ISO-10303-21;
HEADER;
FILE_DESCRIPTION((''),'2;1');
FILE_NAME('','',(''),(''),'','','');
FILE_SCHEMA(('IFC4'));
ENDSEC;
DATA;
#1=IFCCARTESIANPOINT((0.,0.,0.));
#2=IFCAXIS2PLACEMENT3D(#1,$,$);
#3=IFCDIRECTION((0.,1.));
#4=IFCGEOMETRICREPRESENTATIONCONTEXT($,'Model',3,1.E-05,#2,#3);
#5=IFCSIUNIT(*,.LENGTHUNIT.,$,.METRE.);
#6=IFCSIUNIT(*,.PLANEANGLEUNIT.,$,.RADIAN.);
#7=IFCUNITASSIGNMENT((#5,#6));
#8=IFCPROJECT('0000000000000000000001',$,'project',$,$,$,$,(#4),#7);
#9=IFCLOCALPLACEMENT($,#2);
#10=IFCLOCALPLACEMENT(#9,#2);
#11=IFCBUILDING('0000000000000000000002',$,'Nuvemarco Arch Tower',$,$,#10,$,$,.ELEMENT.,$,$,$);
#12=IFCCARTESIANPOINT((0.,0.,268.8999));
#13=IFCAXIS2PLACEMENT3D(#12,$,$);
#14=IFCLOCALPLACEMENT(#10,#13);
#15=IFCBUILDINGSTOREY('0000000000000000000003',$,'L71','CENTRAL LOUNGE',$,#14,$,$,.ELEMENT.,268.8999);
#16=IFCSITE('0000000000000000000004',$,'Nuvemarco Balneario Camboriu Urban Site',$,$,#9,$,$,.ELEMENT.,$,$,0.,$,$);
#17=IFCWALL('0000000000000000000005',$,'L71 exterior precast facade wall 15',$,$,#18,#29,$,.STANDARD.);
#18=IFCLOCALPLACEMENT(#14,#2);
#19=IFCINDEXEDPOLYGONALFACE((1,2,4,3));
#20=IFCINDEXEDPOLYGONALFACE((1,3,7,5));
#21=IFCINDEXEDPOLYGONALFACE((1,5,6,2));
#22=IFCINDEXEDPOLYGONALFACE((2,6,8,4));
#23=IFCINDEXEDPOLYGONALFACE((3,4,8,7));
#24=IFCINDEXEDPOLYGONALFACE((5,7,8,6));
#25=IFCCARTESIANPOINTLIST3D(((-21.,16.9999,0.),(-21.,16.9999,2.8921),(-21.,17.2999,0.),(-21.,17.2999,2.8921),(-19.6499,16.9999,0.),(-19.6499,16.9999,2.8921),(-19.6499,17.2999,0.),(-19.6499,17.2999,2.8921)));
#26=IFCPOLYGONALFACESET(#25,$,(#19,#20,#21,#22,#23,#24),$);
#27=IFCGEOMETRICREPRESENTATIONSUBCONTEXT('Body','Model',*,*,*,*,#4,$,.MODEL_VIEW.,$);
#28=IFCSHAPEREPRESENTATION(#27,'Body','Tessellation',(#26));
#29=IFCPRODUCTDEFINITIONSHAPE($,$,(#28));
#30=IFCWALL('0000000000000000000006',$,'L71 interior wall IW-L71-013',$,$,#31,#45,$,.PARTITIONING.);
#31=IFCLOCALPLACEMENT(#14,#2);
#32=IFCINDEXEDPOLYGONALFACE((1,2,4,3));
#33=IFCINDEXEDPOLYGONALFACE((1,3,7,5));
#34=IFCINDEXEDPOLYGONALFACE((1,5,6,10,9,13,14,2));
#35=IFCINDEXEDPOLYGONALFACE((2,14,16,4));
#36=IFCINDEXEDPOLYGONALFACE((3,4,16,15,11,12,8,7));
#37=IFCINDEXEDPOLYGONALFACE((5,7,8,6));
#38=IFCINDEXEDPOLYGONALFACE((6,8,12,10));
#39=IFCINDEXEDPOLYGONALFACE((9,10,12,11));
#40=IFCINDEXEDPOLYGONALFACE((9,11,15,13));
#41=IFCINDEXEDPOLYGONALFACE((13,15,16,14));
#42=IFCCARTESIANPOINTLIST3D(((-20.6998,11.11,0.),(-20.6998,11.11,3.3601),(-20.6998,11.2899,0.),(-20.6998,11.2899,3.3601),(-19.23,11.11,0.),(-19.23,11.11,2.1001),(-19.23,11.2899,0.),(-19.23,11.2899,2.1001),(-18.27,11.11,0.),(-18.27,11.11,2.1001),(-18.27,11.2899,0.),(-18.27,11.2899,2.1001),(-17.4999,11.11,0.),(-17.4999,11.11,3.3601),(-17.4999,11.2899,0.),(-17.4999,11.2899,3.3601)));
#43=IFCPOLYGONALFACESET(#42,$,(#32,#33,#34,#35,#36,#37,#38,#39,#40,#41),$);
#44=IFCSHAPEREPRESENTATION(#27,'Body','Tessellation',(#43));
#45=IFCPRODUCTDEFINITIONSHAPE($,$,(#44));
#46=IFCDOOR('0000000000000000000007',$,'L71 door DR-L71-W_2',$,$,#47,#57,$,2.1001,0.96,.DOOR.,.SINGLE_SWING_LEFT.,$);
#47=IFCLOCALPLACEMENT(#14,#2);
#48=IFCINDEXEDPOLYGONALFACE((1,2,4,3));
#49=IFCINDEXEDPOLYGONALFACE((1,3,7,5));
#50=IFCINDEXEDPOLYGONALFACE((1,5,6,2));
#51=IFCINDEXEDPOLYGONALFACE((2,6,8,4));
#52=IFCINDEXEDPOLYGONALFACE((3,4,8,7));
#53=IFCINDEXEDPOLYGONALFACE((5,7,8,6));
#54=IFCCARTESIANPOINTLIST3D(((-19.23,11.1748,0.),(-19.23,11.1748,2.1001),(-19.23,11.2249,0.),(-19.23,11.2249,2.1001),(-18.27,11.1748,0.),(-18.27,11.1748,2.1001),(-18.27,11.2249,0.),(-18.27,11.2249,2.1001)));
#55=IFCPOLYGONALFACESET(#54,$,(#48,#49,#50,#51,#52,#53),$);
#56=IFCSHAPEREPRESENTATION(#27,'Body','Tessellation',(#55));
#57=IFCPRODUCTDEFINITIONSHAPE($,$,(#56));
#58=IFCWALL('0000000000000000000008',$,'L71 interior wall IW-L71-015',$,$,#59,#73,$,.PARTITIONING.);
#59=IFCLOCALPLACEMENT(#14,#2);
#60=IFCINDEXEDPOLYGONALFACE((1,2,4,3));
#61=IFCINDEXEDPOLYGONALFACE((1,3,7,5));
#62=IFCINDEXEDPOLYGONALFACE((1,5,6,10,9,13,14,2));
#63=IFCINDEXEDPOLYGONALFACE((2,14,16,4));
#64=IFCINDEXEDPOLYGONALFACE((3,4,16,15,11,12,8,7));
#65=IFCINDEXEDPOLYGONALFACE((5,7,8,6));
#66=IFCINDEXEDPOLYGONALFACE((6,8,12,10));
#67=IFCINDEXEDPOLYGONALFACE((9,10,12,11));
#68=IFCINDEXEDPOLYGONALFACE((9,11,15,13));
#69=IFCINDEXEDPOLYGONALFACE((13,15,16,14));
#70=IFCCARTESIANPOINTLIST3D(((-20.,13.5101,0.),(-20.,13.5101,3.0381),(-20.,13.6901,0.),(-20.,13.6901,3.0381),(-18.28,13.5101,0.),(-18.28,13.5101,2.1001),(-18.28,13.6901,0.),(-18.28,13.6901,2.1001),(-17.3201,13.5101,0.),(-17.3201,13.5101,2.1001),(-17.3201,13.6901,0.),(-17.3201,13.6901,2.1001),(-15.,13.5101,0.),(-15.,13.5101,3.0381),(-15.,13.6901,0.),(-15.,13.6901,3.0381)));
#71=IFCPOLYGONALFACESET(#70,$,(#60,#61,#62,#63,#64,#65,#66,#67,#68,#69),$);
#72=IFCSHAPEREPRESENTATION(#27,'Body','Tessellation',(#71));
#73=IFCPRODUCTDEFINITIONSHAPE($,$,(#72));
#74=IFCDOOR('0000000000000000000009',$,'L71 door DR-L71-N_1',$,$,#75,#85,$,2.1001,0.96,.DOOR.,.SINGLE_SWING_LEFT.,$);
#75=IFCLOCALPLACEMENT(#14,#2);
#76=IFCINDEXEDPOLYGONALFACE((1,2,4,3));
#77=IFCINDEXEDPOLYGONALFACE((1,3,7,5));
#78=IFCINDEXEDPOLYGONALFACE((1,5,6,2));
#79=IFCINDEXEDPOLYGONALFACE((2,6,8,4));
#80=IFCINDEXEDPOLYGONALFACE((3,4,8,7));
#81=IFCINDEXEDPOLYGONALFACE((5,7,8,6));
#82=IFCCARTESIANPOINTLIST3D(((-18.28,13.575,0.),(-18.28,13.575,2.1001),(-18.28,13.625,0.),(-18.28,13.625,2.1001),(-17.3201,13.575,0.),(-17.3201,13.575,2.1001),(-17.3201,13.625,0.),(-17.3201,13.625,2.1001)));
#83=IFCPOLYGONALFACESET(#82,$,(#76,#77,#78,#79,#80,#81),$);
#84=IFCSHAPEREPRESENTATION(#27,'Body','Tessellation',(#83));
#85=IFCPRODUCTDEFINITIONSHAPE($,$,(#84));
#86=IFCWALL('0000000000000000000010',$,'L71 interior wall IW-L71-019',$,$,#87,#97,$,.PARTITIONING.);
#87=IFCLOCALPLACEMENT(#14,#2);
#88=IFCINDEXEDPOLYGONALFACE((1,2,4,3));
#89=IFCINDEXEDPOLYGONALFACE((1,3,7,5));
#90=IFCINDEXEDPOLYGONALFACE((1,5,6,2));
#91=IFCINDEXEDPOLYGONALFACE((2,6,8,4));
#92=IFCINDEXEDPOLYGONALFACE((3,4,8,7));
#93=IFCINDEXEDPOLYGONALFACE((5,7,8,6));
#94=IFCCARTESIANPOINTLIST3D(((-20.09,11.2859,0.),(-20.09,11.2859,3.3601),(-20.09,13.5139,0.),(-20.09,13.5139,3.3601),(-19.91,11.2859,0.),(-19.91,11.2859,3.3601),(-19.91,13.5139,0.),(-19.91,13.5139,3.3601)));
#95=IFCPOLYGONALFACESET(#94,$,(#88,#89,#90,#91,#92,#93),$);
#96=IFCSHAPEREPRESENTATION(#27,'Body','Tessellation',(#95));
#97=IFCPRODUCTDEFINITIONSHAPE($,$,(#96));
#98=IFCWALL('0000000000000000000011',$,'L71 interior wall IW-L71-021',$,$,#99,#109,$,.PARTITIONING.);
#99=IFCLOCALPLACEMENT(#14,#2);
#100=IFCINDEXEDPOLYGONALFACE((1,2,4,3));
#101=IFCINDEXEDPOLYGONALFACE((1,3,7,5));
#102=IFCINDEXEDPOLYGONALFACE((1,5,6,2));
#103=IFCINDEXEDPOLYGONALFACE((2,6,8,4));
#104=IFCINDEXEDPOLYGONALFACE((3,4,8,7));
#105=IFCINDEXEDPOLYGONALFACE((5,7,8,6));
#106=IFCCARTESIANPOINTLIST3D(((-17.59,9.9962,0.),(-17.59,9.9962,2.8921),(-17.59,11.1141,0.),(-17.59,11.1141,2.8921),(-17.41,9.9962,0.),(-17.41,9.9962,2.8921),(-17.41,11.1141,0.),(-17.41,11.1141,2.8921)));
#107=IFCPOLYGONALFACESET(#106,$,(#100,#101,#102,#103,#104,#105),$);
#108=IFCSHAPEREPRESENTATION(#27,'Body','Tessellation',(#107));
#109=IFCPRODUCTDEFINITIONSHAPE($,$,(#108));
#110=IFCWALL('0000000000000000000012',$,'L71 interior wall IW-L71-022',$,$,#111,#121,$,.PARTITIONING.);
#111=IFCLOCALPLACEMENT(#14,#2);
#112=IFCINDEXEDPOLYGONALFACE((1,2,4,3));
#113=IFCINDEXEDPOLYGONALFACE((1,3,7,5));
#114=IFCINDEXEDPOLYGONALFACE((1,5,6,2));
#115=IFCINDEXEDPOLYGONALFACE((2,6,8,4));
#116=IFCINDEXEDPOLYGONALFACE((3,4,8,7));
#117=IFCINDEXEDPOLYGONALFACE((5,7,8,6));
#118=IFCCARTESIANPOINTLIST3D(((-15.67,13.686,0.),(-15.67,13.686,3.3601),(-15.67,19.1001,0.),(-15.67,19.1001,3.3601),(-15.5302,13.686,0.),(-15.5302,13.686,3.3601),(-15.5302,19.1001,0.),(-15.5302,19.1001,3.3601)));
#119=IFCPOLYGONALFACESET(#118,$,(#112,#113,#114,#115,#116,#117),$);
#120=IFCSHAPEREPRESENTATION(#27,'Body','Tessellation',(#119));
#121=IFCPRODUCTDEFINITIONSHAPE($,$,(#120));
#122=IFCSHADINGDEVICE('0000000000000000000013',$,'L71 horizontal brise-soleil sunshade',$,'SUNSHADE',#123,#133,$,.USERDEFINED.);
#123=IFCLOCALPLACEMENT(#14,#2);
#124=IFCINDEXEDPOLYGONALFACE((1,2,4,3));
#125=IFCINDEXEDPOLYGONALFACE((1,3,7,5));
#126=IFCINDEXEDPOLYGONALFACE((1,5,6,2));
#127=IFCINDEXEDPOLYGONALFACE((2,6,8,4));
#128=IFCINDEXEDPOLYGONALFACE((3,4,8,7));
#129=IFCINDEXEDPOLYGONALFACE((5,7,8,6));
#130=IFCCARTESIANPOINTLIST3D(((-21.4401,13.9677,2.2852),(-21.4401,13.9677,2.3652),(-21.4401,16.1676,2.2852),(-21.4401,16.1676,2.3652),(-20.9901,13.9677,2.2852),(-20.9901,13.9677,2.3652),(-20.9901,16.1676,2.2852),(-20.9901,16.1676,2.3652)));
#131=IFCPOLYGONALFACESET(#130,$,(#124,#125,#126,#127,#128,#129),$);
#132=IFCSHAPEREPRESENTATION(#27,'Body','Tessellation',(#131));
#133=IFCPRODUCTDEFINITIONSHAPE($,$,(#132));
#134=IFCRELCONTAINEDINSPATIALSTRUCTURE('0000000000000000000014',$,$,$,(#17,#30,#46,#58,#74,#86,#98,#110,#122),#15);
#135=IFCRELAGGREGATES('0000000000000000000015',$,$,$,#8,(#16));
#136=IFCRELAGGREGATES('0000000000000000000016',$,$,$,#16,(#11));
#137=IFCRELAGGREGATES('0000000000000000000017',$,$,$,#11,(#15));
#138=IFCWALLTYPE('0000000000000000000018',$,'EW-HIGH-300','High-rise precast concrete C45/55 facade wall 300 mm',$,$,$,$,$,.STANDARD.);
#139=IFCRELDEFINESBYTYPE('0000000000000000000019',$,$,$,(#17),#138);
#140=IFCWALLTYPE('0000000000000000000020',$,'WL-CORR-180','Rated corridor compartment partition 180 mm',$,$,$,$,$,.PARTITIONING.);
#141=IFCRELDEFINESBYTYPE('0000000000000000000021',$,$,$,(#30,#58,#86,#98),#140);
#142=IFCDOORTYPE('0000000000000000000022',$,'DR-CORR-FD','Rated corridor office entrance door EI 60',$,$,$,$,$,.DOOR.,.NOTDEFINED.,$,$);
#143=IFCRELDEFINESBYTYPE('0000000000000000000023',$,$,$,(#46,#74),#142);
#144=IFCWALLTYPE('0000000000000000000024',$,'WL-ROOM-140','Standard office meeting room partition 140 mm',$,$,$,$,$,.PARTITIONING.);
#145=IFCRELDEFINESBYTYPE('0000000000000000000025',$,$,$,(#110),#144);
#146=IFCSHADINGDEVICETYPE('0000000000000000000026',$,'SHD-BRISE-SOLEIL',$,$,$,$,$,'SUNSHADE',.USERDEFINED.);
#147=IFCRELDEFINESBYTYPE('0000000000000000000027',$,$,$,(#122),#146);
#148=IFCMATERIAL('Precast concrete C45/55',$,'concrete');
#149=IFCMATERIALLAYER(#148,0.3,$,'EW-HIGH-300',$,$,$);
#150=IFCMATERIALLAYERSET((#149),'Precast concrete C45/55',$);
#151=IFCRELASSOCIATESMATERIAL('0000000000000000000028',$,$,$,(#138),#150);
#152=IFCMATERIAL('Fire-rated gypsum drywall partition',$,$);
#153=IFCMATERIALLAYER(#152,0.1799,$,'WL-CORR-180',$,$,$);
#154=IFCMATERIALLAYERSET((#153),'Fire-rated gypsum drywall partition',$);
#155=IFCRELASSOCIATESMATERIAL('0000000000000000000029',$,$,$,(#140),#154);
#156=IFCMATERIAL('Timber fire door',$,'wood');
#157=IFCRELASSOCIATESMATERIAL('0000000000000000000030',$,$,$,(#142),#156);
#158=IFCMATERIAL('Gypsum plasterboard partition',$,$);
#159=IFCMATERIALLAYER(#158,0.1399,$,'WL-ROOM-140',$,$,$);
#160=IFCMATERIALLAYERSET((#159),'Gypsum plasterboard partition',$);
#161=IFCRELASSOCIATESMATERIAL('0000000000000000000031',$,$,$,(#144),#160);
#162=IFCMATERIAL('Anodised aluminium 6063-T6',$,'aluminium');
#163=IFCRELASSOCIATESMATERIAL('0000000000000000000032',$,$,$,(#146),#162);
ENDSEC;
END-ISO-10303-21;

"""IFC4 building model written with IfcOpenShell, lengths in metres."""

from ifc_helpers import new_model, si_unit, direction, frame, frame_2d, origin, origin_2d, place, context, subcontext, project, spatial, rectangle, extrude, source, transform, mapped, material, layer, layer_set, type_object, type_shapes, element, fill, save


model = new_model("IFC4")

# Units and contexts
model_context = context("Model", 3, precision=1e-05, world=origin(), true_north=direction((0.0, 1.0)))
body_context = subcontext(model_context, "Body", "Model", "MODEL_VIEW")
ifc_project = project(units=[si_unit("LENGTHUNIT", "METRE"), si_unit("PLANEANGLEUNIT", "RADIAN")], contexts=[model_context])

# Site, building, storey
site_placement = place(None, origin())
site = spatial("IfcSite", under=ifc_project, at=site_placement, Name="Nuvemarco Balneario Camboriu Urban Site", CompositionType="ELEMENT", RefElevation=0.0)
building_placement = place(site_placement, origin())
building = spatial("IfcBuilding", under=site, at=building_placement, Name="Nuvemarco Arch Tower", CompositionType="ELEMENT")
storey_placement = place(building_placement, frame((0.0, 0.0, 268.8999)))
storey = spatial("IfcBuildingStorey", under=building, at=storey_placement, Name="L71", Description="CENTRAL LOUNGE", CompositionType="ELEMENT", Elevation=268.8999)

# Shared definitions
ifc_material_1 = material(Name="Precast concrete C45/55", Category="concrete")
ifc_layer_1 = layer(ifc_material_1, 0.3, Name="EW-HIGH-300")
ifc_layer_set_1 = layer_set([ifc_layer_1], Name="Precast concrete C45/55")
wall_type_1 = type_object("IfcWallType", Name="EW-HIGH-300", Description="High-rise precast concrete C45/55 facade wall 300 mm", PredefinedType="STANDARD", material=ifc_layer_set_1)

# Wall
wall_1_placement = place(storey_placement, frame((-21.0, 17.1499, 0.0), z_axis=(0.0, 0.0, 1.0), x_axis=(1.0, 0.0, 0.0)))
element("IfcWall", 1, at=wall_1_placement, inside=storey, type_object=wall_type_1, Name="L71 exterior precast facade wall 15", PredefinedType="STANDARD", context=body_context, shape_type="SweptSolid", body=[
    extrude(rectangle(XDim=1.3501, YDim=0.3, at=frame_2d((0.675, 0.0))), origin(), (0.0, 0.0, 1.0), 2.8921),
])

# Walls, openings, doors
ifc_material_2 = material(Name="Fire-rated gypsum drywall partition")
ifc_layer_2 = layer(ifc_material_2, 0.1799, Name="WL-CORR-180")
ifc_layer_set_2 = layer_set([ifc_layer_2], Name="Fire-rated gypsum drywall partition")
wall_type_2 = type_object("IfcWallType", Name="WL-CORR-180", Description="Rated corridor compartment partition 180 mm", PredefinedType="PARTITIONING", material=ifc_layer_set_2)
wall_2_placement = place(storey_placement, frame((-20.7, 11.2, 0.0), z_axis=(0.0, 0.0, 1.0), x_axis=(1.0, 0.0, 0.0)))
wall_2 = element("IfcWall", 2, at=wall_2_placement, inside=storey, type_object=wall_type_2, Name="L71 interior wall IW-L71-013", PredefinedType="PARTITIONING", context=body_context, shape_type="SweptSolid", body=[
    extrude(rectangle(XDim=3.2, YDim=0.1799, at=frame_2d((1.6001, 0.0))), origin(), (0.0, 0.0, 1.0), 3.3601),
])
opening_1_placement = place(wall_2_placement, frame((1.47, 0.0, 0.0)))
opening_1 = element("IfcOpeningElement", 3, at=opening_1_placement, cuts=wall_2, PredefinedType="OPENING", context=body_context, shape_type="SweptSolid", body=[
    extrude(rectangle(XDim=0.96, YDim=2.1001, at=frame_2d((0.48, 1.05))), frame((0.0, 0.0999, 0.0), z_axis=(0.0, -1.0, 0.0), x_axis=(1.0, 0.0, 0.0)), (0.0, 0.0, 1.0), 0.2),
])
ifc_material_3 = material(Name="Timber fire door", Category="wood")
door_type_1 = type_object("IfcDoorType", Name="DR-CORR-FD", Description="Rated corridor office entrance door EI 60", OperationType="NOTDEFINED", PredefinedType="DOOR", material=ifc_material_3)
shared_shape_1 = source(origin(), body_context, "Body", "SweptSolid", [
    extrude(rectangle(XDim=0.96, YDim=2.1001, at=frame_2d((0.48, 1.05))), frame((0.0, 0.0249, 0.0), z_axis=(0.0, -1.0, 0.0), x_axis=(1.0, 0.0, 0.0)), (0.0, 0.0, 1.0), 0.05),
])
type_shapes(door_type_1, [shared_shape_1])
door_1_placement = place(opening_1_placement, origin())
door_1 = element("IfcDoor", 4, at=door_1_placement, inside=storey, type_object=door_type_1, Name="L71 door DR-L71-W_2", OperationType="SINGLE_SWING_LEFT", OverallHeight=2.1001, OverallWidth=0.96, PredefinedType="DOOR", context=body_context, shape_type="MappedRepresentation", body=[
    mapped(shared_shape_1, transform((0.0, 0.0, 0.0), scale=1.0)),
])
fill(opening_1, door_1)
wall_3_placement = place(storey_placement, frame((-20.0, 13.6001, 0.0), z_axis=(0.0, 0.0, 1.0), x_axis=(1.0, 0.0, 0.0)))
wall_3 = element("IfcWall", 5, at=wall_3_placement, inside=storey, type_object=wall_type_2, Name="L71 interior wall IW-L71-015", PredefinedType="PARTITIONING", context=body_context, shape_type="SweptSolid", body=[
    extrude(rectangle(XDim=5.0, YDim=0.1799, at=frame_2d((2.5, 0.0))), origin(), (0.0, 0.0, 1.0), 3.0381),
])
opening_2_placement = place(wall_3_placement, frame((1.72, 0.0, 0.0)))
opening_2 = element("IfcOpeningElement", 6, at=opening_2_placement, cuts=wall_3, PredefinedType="OPENING", context=body_context, shape_type="SweptSolid", body=[
    extrude(rectangle(XDim=0.96, YDim=2.1001, at=frame_2d((0.48, 1.05))), frame((0.0, 0.0999, 0.0), z_axis=(0.0, -1.0, 0.0), x_axis=(1.0, 0.0, 0.0)), (0.0, 0.0, 1.0), 0.2),
])
door_2_placement = place(opening_2_placement, origin())
door_2 = element("IfcDoor", 7, at=door_2_placement, inside=storey, type_object=door_type_1, Name="L71 door DR-L71-N_1", OperationType="SINGLE_SWING_LEFT", OverallHeight=2.1001, OverallWidth=0.96, PredefinedType="DOOR", context=body_context, shape_type="MappedRepresentation", body=[
    mapped(shared_shape_1, transform((0.0, 0.0, 0.0), scale=1.0)),
])
fill(opening_2, door_2)

# Walls
wall_4_placement = place(storey_placement, frame((-20.0, 11.2859, 0.0), z_axis=(0.0, 0.0, 1.0), x_axis=(0.0, 1.0, 0.0)))
element("IfcWall", 8, at=wall_4_placement, inside=storey, type_object=wall_type_2, Name="L71 interior wall IW-L71-019", PredefinedType="PARTITIONING", context=body_context, shape_type="SweptSolid", body=[
    extrude(rectangle(XDim=2.228, YDim=0.1799, at=frame_2d((1.114, 0.0))), origin(), (0.0, 0.0, 1.0), 3.3601),
])
wall_5_placement = place(storey_placement, frame((-17.5, 9.9961, 0.0), z_axis=(0.0, 0.0, 1.0), x_axis=(0.0, 1.0, 0.0)))
element("IfcWall", 9, at=wall_5_placement, inside=storey, type_object=wall_type_2, Name="L71 interior wall IW-L71-021", PredefinedType="PARTITIONING", context=body_context, shape_type="SweptSolid", body=[
    extrude(rectangle(XDim=1.1179, YDim=0.1799, at=frame_2d((0.5591, 0.0))), origin(), (0.0, 0.0, 1.0), 2.8921),
])
ifc_material_4 = material(Name="Gypsum plasterboard partition")
ifc_layer_3 = layer(ifc_material_4, 0.1399, Name="WL-ROOM-140")
ifc_layer_set_3 = layer_set([ifc_layer_3], Name="Gypsum plasterboard partition")
wall_type_3 = type_object("IfcWallType", Name="WL-ROOM-140", Description="Standard office meeting room partition 140 mm", PredefinedType="PARTITIONING", material=ifc_layer_set_3)
wall_6_placement = place(storey_placement, frame((-15.6001, 13.686, 0.0), z_axis=(0.0, 0.0, 1.0), x_axis=(0.0, 1.0, 0.0)))
element("IfcWall", 10, at=wall_6_placement, inside=storey, type_object=wall_type_3, Name="L71 interior wall IW-L71-022", PredefinedType="PARTITIONING", context=body_context, shape_type="SweptSolid", body=[
    extrude(rectangle(XDim=5.4141, YDim=0.1399, at=frame_2d((2.707, 0.0))), origin(), (0.0, 0.0, 1.0), 3.3601),
])

# Shading device
ifc_material_5 = material(Name="Anodised aluminium 6063-T6", Category="aluminium")
shading_device_type = type_object("IfcShadingDeviceType", Name="SHD-BRISE-SOLEIL", ElementType="SUNSHADE", PredefinedType="USERDEFINED", material=ifc_material_5)
shared_shape_2 = source(origin(), body_context, "Body", "SweptSolid", [
    extrude(rectangle(XDim=2.2, YDim=0.45, at=origin_2d()), origin(), (0.0, 0.0, 1.0), 0.0801),
])
type_shapes(shading_device_type, [shared_shape_2])
shading_device_placement = place(storey_placement, frame((-21.2151, 15.0676, 2.2852), z_axis=(0.0, 0.0, 1.0), x_axis=(0.0, 1.0, 0.0)))
element("IfcShadingDevice", 11, at=shading_device_placement, inside=storey, type_object=shading_device_type, Name="L71 horizontal brise-soleil sunshade", ObjectType="SUNSHADE", PredefinedType="USERDEFINED", context=body_context, shape_type="MappedRepresentation", body=[
    mapped(shared_shape_2, transform((0.0, 0.0, 0.0), scale=1.0)),
])

save(model, "model.ifc")
